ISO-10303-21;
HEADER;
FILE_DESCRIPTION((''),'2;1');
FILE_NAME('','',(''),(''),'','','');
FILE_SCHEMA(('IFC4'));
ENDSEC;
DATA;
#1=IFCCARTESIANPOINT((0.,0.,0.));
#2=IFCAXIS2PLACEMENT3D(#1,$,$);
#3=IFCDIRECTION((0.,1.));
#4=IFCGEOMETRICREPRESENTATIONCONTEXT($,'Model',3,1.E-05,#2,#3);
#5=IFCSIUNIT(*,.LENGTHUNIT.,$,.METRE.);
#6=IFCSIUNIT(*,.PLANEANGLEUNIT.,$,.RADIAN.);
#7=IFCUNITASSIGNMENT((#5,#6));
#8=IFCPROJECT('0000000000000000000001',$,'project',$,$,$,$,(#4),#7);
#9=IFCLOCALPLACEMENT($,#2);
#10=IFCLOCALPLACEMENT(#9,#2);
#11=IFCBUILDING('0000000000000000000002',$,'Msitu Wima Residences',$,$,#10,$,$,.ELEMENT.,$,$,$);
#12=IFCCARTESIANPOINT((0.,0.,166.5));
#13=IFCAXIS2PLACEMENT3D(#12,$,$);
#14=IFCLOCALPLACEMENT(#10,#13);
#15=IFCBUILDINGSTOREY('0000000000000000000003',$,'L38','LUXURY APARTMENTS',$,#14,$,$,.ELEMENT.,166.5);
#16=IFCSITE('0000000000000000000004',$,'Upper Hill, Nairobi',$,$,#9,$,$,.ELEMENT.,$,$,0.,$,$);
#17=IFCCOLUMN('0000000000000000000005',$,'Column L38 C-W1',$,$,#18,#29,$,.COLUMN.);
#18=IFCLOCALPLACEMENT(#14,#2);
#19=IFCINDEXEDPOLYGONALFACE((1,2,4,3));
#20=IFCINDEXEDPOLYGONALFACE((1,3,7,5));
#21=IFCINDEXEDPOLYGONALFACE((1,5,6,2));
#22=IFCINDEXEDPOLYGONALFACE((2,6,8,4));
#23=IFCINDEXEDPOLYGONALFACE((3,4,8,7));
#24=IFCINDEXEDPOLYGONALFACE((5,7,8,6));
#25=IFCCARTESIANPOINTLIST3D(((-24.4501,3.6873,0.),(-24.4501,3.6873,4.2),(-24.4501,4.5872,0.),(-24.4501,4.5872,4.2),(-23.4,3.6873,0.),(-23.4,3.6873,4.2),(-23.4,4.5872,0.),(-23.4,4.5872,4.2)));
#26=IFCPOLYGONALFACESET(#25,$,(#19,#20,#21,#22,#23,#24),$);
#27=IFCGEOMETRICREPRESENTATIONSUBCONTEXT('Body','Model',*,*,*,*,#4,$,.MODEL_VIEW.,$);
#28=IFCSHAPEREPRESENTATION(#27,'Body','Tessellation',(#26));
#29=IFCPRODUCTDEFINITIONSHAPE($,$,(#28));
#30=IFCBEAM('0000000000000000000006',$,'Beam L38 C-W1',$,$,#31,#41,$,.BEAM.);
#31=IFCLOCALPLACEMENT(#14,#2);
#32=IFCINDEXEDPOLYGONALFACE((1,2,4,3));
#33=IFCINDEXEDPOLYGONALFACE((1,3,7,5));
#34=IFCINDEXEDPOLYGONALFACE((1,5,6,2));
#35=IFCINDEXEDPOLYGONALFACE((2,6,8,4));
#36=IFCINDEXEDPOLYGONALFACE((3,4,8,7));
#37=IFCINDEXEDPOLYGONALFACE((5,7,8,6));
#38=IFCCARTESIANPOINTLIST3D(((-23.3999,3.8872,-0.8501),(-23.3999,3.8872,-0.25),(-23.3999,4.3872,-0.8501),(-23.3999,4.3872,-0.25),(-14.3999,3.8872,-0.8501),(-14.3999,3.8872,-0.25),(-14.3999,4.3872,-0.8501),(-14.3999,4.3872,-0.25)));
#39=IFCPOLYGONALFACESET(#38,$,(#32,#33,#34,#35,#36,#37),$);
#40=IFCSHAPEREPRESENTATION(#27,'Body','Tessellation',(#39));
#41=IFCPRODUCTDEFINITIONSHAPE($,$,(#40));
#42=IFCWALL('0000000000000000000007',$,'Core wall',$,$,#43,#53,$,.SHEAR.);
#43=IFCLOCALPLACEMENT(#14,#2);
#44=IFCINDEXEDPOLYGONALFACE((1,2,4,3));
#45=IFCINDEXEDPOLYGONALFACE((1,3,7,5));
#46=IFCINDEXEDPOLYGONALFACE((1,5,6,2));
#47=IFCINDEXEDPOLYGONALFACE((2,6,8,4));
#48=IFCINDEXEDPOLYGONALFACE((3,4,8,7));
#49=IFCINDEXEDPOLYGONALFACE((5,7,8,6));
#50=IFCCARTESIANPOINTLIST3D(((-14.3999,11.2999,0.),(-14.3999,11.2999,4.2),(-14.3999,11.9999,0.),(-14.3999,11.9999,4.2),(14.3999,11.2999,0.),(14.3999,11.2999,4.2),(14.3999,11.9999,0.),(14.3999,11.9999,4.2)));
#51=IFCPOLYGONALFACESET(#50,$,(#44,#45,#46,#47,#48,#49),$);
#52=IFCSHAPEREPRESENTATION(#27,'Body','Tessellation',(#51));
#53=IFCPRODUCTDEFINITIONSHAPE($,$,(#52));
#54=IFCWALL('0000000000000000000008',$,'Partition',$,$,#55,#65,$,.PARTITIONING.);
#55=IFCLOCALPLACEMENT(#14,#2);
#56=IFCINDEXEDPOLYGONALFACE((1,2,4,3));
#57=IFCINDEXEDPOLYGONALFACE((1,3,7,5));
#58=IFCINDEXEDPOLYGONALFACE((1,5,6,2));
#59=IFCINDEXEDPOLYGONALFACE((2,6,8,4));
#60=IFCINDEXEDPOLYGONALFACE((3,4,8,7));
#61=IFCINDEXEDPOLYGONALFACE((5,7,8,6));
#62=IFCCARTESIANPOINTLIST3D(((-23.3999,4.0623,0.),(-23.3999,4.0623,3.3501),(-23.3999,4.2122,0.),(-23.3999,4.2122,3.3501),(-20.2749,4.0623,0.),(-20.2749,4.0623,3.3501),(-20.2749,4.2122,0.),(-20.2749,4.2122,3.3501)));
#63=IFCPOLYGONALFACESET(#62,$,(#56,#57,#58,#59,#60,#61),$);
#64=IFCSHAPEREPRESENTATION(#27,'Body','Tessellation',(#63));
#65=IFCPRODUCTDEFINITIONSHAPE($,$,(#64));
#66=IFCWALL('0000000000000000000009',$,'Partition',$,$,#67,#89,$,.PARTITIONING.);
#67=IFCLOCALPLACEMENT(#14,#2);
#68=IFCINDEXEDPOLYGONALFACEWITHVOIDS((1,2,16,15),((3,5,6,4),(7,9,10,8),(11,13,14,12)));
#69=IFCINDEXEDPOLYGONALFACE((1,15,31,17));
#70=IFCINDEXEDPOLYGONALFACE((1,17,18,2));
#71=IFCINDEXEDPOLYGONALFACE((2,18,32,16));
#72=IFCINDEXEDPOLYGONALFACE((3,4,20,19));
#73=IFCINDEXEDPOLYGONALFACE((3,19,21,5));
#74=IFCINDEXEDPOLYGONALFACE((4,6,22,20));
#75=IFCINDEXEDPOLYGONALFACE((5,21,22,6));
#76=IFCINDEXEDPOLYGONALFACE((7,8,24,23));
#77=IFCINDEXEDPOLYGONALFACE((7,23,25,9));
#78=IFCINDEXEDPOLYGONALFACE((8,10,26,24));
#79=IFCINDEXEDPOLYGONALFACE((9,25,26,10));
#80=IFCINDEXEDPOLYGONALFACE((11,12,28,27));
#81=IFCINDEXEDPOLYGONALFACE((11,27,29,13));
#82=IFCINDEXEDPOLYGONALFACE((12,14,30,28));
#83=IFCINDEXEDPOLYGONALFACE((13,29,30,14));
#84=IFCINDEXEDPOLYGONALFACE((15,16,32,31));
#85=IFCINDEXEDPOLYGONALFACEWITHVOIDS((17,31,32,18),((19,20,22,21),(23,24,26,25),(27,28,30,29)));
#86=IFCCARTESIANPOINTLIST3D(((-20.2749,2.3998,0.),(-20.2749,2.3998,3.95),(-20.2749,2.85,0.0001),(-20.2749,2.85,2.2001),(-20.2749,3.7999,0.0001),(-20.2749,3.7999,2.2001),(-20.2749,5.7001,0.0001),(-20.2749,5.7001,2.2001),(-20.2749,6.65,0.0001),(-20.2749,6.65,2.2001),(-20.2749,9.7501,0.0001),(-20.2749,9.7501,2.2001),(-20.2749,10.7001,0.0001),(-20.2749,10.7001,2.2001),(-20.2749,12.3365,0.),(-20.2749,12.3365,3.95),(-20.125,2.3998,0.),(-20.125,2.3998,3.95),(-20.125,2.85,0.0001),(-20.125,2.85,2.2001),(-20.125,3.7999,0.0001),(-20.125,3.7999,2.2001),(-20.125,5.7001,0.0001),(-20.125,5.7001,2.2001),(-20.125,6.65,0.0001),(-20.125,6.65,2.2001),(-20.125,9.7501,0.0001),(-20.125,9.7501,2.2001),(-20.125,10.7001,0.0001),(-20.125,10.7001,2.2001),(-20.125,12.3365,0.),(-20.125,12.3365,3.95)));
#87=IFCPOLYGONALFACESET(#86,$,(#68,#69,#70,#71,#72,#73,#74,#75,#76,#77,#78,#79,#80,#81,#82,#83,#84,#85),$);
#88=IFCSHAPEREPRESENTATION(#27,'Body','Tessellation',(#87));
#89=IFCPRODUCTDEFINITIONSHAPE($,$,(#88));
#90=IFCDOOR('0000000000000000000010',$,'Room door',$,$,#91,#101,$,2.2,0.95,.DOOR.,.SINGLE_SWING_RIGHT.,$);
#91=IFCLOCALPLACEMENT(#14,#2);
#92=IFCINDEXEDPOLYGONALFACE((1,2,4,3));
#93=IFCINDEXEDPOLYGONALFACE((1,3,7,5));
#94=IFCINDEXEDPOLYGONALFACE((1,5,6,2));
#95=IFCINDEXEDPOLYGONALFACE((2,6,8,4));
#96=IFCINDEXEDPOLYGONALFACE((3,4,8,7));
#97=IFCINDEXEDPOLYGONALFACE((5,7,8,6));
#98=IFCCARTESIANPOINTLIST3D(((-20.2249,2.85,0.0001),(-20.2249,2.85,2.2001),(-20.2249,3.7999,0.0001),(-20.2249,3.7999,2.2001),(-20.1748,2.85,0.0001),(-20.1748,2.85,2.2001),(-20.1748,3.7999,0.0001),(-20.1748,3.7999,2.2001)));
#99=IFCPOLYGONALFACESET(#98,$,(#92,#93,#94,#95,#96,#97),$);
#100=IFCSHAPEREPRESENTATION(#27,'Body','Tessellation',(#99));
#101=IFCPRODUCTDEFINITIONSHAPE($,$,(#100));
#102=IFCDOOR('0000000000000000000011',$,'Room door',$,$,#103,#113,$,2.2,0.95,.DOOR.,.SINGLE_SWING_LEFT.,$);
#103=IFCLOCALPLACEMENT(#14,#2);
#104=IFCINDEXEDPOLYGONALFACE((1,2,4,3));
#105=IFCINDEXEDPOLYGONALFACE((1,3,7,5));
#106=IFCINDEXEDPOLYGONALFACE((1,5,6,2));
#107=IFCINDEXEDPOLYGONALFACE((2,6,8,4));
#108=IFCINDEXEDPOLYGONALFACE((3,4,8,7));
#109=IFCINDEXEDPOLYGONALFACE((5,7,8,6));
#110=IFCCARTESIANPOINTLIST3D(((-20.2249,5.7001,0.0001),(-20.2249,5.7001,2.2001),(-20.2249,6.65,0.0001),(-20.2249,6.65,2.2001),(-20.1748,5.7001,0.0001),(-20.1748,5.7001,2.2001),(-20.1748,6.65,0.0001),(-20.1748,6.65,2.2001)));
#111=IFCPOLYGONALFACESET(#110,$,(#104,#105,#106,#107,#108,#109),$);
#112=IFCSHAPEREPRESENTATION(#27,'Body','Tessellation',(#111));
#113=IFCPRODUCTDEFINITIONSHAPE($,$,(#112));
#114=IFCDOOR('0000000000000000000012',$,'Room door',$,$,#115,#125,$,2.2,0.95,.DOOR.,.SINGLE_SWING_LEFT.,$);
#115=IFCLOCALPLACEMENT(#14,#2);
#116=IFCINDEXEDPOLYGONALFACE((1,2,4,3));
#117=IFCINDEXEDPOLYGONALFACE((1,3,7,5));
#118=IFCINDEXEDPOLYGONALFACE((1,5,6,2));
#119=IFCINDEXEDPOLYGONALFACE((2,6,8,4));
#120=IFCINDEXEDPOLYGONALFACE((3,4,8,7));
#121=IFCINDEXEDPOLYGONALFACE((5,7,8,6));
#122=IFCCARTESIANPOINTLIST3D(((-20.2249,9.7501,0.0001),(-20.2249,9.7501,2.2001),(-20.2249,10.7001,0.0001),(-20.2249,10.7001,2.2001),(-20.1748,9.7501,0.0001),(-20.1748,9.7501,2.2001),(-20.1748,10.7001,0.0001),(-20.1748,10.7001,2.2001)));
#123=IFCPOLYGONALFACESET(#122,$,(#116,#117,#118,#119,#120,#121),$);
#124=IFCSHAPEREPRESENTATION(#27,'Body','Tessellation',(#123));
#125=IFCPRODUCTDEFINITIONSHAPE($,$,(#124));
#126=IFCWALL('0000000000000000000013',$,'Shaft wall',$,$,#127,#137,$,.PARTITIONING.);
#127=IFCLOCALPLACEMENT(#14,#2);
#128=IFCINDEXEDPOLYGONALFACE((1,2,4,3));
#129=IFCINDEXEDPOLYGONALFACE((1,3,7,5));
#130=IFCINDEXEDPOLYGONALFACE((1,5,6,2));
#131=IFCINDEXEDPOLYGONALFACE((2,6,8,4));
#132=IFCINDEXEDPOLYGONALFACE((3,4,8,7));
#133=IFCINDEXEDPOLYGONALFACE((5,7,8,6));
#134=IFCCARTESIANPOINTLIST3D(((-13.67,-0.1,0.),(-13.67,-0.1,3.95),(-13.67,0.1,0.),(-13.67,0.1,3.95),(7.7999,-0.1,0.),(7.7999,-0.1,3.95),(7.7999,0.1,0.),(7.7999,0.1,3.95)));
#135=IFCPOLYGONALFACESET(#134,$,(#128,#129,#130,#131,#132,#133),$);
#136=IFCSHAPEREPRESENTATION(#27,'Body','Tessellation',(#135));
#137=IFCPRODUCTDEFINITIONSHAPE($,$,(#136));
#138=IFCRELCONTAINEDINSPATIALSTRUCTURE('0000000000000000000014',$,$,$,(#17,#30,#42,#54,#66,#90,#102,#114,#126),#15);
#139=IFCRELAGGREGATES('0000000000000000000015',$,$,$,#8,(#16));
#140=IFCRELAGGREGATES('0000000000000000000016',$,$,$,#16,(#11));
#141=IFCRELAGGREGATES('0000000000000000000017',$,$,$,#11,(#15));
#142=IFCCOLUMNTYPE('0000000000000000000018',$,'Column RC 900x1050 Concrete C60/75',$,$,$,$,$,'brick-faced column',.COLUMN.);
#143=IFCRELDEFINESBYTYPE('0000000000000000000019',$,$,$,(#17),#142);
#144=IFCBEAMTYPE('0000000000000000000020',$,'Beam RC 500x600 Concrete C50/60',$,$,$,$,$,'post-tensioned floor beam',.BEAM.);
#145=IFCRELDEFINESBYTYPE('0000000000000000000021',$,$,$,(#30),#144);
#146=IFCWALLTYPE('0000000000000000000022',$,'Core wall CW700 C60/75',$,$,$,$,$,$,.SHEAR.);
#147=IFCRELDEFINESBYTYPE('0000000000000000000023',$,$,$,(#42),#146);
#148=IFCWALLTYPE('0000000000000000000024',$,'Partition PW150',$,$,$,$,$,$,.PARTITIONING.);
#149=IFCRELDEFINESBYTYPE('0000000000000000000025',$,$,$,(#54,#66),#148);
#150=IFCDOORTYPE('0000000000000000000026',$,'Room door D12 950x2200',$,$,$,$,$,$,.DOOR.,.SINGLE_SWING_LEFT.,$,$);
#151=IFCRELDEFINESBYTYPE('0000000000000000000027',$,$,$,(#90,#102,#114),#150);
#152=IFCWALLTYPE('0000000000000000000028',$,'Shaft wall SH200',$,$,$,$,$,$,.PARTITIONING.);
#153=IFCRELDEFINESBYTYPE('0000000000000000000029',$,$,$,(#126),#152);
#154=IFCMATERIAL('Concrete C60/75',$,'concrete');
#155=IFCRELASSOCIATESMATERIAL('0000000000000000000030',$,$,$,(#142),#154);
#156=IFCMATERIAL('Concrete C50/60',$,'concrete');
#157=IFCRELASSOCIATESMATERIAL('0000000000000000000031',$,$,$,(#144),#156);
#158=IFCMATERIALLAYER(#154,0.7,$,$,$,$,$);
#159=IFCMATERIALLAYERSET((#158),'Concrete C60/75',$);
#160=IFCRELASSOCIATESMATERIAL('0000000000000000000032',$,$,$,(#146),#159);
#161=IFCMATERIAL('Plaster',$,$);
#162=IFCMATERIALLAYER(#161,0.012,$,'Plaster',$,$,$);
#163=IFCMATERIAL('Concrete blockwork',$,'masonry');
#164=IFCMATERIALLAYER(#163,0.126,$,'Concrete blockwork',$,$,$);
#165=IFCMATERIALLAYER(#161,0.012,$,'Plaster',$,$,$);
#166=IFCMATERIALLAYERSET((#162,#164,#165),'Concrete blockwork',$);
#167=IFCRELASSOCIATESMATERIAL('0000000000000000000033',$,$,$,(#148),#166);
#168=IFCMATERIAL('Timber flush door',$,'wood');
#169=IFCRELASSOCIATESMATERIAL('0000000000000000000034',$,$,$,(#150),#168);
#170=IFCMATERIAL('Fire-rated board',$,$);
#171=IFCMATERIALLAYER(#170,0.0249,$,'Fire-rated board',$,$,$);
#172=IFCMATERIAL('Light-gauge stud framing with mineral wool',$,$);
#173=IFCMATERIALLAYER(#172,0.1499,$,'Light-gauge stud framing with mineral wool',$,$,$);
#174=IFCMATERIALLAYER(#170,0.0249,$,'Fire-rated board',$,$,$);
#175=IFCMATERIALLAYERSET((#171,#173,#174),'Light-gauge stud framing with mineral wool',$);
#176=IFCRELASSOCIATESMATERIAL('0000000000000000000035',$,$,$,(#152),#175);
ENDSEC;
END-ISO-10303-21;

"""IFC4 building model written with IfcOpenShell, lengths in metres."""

from ifc_helpers import new_model, si_unit, direction, frame, frame_2d, origin, origin_2d, place, context, subcontext, project, spatial, rectangle, extrude, material, layer, layer_set, material_profile, profile_set, type_object, element, fill, save


model = new_model("IFC4")

# Units and contexts
model_context = context("Model", 3, precision=1e-05, world=origin(), true_north=direction((0.0, 1.0)))
body_context = subcontext(model_context, "Body", "Model", "MODEL_VIEW")
ifc_project = project(units=[si_unit("LENGTHUNIT", "METRE"), si_unit("PLANEANGLEUNIT", "RADIAN")], contexts=[model_context])

# Site, building, storey
site_placement = place(None, origin())
site = spatial("IfcSite", under=ifc_project, at=site_placement, Name="Upper Hill, Nairobi", CompositionType="ELEMENT", RefElevation=0.0)
building_placement = place(site_placement, origin())
building = spatial("IfcBuilding", under=site, at=building_placement, Name="Msitu Wima Residences", CompositionType="ELEMENT")
storey_placement = place(building_placement, frame((0.0, 0.0, 166.5)))
storey = spatial("IfcBuildingStorey", under=building, at=storey_placement, Name="L38", Description="LUXURY APARTMENTS", CompositionType="ELEMENT", Elevation=166.5)

# Column
ifc_material_1 = material(Name="Concrete C60/75", Category="concrete")
ifc_material_profile_1 = material_profile(ifc_material_1, rectangle(XDim=0.8999, YDim=1.05, at=origin_2d()), Name="RC 900x1050")
ifc_profile_set_1 = profile_set([ifc_material_profile_1], Name="Concrete C60/75")
column_type = type_object("IfcColumnType", Name="Column RC 900x1050 Concrete C60/75", ElementType="brick-faced column", PredefinedType="COLUMN", material=ifc_profile_set_1)
column_placement = place(storey_placement, frame((-23.925, 4.1372, 0.0), z_axis=(0.0, 0.0, 1.0), x_axis=(0.0, -1.0, 0.0)))
element("IfcColumn", 1, at=column_placement, inside=storey, type_object=column_type, Name="Column L38 C-W1", PredefinedType="COLUMN", context=body_context, shape_type="SweptSolid", body=[
    extrude(rectangle(XDim=0.8999, YDim=1.05, at=origin_2d()), origin(), (0.0, 0.0, 1.0), 4.2),
])

# Beam
ifc_material_2 = material(Name="Concrete C50/60", Category="concrete")
ifc_material_profile_2 = material_profile(ifc_material_2, rectangle(XDim=0.5, YDim=0.6001, at=origin_2d()), Name="RC 500x600")
ifc_profile_set_2 = profile_set([ifc_material_profile_2], Name="Concrete C50/60")
beam_type = type_object("IfcBeamType", Name="Beam RC 500x600 Concrete C50/60", ElementType="post-tensioned floor beam", PredefinedType="BEAM", material=ifc_profile_set_2)
beam_placement = place(storey_placement, frame((-23.3999, 4.1372, -0.55), z_axis=(1.0, 0.0, 0.0), x_axis=(0.0, 1.0, 0.0)))
element("IfcBeam", 2, at=beam_placement, inside=storey, type_object=beam_type, Name="Beam L38 C-W1", PredefinedType="BEAM", context=body_context, shape_type="SweptSolid", body=[
    extrude(rectangle(XDim=0.5, YDim=0.6001, at=origin_2d()), origin(), (0.0, 0.0, 1.0), 9.0),
])

# Walls
ifc_layer_1 = layer(ifc_material_1, 0.7)
ifc_layer_set_1 = layer_set([ifc_layer_1], Name="Concrete C60/75")
wall_type_1 = type_object("IfcWallType", Name="Core wall CW700 C60/75", PredefinedType="SHEAR", material=ifc_layer_set_1)
wall_1_placement = place(storey_placement, frame((-14.3999, 11.6499, 0.0), z_axis=(0.0, 0.0, 1.0), x_axis=(1.0, 0.0, 0.0)))
element("IfcWall", 3, at=wall_1_placement, inside=storey, type_object=wall_type_1, Name="Core wall", PredefinedType="SHEAR", context=body_context, shape_type="SweptSolid", body=[
    extrude(rectangle(XDim=28.7998, YDim=0.7, at=frame_2d((14.3999, 0.0))), origin(), (0.0, 0.0, 1.0), 4.2),
])
ifc_material_3 = material(Name="Plaster")
ifc_layer_2 = layer(ifc_material_3, 0.012, Name="Plaster")
ifc_material_4 = material(Name="Concrete blockwork", Category="masonry")
ifc_layer_3 = layer(ifc_material_4, 0.126, Name="Concrete blockwork")
ifc_layer_4 = layer(ifc_material_3, 0.012, Name="Plaster")
ifc_layer_set_2 = layer_set([ifc_layer_2, ifc_layer_3, ifc_layer_4], Name="Concrete blockwork")
wall_type_2 = type_object("IfcWallType", Name="Partition PW150", PredefinedType="PARTITIONING", material=ifc_layer_set_2)
wall_2_placement = place(storey_placement, frame((-23.3999, 4.1372, 0.0), z_axis=(0.0, 0.0, 1.0), x_axis=(1.0, 0.0, 0.0)))
element("IfcWall", 4, at=wall_2_placement, inside=storey, type_object=wall_type_2, Name="Partition", PredefinedType="PARTITIONING", context=body_context, shape_type="SweptSolid", body=[
    extrude(rectangle(XDim=3.125, YDim=0.1499, at=frame_2d((1.5625, 0.0))), origin(), (0.0, 0.0, 1.0), 3.3501),
])

# Wall, openings, doors
wall_3_placement = place(storey_placement, frame((-20.2, 2.3999, 0.0), z_axis=(0.0, 0.0, 1.0), x_axis=(0.0, 1.0, 0.0)))
wall_3 = element("IfcWall", 5, at=wall_3_placement, inside=storey, type_object=wall_type_2, Name="Partition", PredefinedType="PARTITIONING", context=body_context, shape_type="SweptSolid", body=[
    extrude(rectangle(XDim=9.9368, YDim=0.1499, at=frame_2d((4.9683, 0.0))), origin(), (0.0, 0.0, 1.0), 3.95),
])
opening_1_placement = place(wall_3_placement, frame((0.45, 0.0, 0.0)))
opening_1 = element("IfcOpeningElement", 6, at=opening_1_placement, cuts=wall_3, PredefinedType="OPENING", context=body_context, shape_type="SweptSolid", body=[
    extrude(rectangle(XDim=0.95, YDim=2.2, at=frame_2d((0.4751, 1.1001))), frame((0.0, 0.085, 0.0), z_axis=(0.0, -1.0, 0.0), x_axis=(1.0, 0.0, 0.0)), (0.0, 0.0, 1.0), 0.1699),
])
opening_2_placement = place(wall_3_placement, frame((3.3, 0.0, 0.0)))
opening_2 = element("IfcOpeningElement", 7, at=opening_2_placement, cuts=wall_3, PredefinedType="OPENING", context=body_context, shape_type="SweptSolid", body=[
    extrude(rectangle(XDim=0.95, YDim=2.2, at=frame_2d((0.4751, 1.1001))), frame((0.0, 0.085, 0.0), z_axis=(0.0, -1.0, 0.0), x_axis=(1.0, 0.0, 0.0)), (0.0, 0.0, 1.0), 0.1699),
])
opening_3_placement = place(wall_3_placement, frame((7.3501, 0.0, 0.0)))
opening_3 = element("IfcOpeningElement", 8, at=opening_3_placement, cuts=wall_3, PredefinedType="OPENING", context=body_context, shape_type="SweptSolid", body=[
    extrude(rectangle(XDim=0.95, YDim=2.2, at=frame_2d((0.4751, 1.1001))), frame((0.0, 0.085, 0.0), z_axis=(0.0, -1.0, 0.0), x_axis=(1.0, 0.0, 0.0)), (0.0, 0.0, 1.0), 0.1699),
])
ifc_material_5 = material(Name="Timber flush door", Category="wood")
door_type_1 = type_object("IfcDoorType", Name="Room door D12 950x2200", OperationType="SINGLE_SWING_LEFT", PredefinedType="DOOR", material=ifc_material_5)
door_1_placement = place(opening_1_placement, origin())
door_1 = element("IfcDoor", 9, at=door_1_placement, inside=storey, type_object=door_type_1, Name="Room door", OperationType="SINGLE_SWING_RIGHT", OverallHeight=2.2, OverallWidth=0.95, PredefinedType="DOOR", context=body_context, shape_type="SweptSolid", body=[
    extrude(rectangle(XDim=0.95, YDim=2.2, at=frame_2d((0.4751, 1.1001))), frame((0.0, 0.0249, 0.0), z_axis=(0.0, -1.0, 0.0), x_axis=(1.0, 0.0, 0.0)), (0.0, 0.0, 1.0), 0.05),
])
fill(opening_1, door_1)
door_2_placement = place(opening_2_placement, origin())
door_2 = element("IfcDoor", 10, at=door_2_placement, inside=storey, type_object=door_type_1, Name="Room door", OperationType="SINGLE_SWING_LEFT", OverallHeight=2.2, OverallWidth=0.95, PredefinedType="DOOR", context=body_context, shape_type="SweptSolid", body=[
    extrude(rectangle(XDim=0.95, YDim=2.2, at=frame_2d((0.4751, 1.1001))), frame((0.0, 0.0249, 0.0), z_axis=(0.0, -1.0, 0.0), x_axis=(1.0, 0.0, 0.0)), (0.0, 0.0, 1.0), 0.05),
])
fill(opening_2, door_2)
door_3_placement = place(opening_3_placement, origin())
door_3 = element("IfcDoor", 11, at=door_3_placement, inside=storey, type_object=door_type_1, Name="Room door", OperationType="SINGLE_SWING_LEFT", OverallHeight=2.2, OverallWidth=0.95, PredefinedType="DOOR", context=body_context, shape_type="SweptSolid", body=[
    extrude(rectangle(XDim=0.95, YDim=2.2, at=frame_2d((0.4751, 1.1001))), frame((0.0, 0.0249, 0.0), z_axis=(0.0, -1.0, 0.0), x_axis=(1.0, 0.0, 0.0)), (0.0, 0.0, 1.0), 0.05),
])
fill(opening_3, door_3)

# Wall
ifc_material_6 = material(Name="Fire-rated board")
ifc_layer_5 = layer(ifc_material_6, 0.0249, Name="Fire-rated board")
ifc_material_7 = material(Name="Light-gauge stud framing with mineral wool")
ifc_layer_6 = layer(ifc_material_7, 0.1499, Name="Light-gauge stud framing with mineral wool")
ifc_layer_7 = layer(ifc_material_6, 0.0249, Name="Fire-rated board")
ifc_layer_set_3 = layer_set([ifc_layer_5, ifc_layer_6, ifc_layer_7], Name="Light-gauge stud framing with mineral wool")
wall_type_3 = type_object("IfcWallType", Name="Shaft wall SH200", PredefinedType="PARTITIONING", material=ifc_layer_set_3)
wall_4_placement = place(storey_placement, frame((-13.6699, 0.0, 0.0), z_axis=(0.0, 0.0, 1.0), x_axis=(1.0, 0.0, 0.0)))
element("IfcWall", 12, at=wall_4_placement, inside=storey, type_object=wall_type_3, Name="Shaft wall", PredefinedType="PARTITIONING", context=body_context, shape_type="SweptSolid", body=[
    extrude(rectangle(XDim=21.47, YDim=0.2, at=frame_2d((10.7349, 0.0))), origin(), (0.0, 0.0, 1.0), 3.95),
])

save(model, "model.ifc")
